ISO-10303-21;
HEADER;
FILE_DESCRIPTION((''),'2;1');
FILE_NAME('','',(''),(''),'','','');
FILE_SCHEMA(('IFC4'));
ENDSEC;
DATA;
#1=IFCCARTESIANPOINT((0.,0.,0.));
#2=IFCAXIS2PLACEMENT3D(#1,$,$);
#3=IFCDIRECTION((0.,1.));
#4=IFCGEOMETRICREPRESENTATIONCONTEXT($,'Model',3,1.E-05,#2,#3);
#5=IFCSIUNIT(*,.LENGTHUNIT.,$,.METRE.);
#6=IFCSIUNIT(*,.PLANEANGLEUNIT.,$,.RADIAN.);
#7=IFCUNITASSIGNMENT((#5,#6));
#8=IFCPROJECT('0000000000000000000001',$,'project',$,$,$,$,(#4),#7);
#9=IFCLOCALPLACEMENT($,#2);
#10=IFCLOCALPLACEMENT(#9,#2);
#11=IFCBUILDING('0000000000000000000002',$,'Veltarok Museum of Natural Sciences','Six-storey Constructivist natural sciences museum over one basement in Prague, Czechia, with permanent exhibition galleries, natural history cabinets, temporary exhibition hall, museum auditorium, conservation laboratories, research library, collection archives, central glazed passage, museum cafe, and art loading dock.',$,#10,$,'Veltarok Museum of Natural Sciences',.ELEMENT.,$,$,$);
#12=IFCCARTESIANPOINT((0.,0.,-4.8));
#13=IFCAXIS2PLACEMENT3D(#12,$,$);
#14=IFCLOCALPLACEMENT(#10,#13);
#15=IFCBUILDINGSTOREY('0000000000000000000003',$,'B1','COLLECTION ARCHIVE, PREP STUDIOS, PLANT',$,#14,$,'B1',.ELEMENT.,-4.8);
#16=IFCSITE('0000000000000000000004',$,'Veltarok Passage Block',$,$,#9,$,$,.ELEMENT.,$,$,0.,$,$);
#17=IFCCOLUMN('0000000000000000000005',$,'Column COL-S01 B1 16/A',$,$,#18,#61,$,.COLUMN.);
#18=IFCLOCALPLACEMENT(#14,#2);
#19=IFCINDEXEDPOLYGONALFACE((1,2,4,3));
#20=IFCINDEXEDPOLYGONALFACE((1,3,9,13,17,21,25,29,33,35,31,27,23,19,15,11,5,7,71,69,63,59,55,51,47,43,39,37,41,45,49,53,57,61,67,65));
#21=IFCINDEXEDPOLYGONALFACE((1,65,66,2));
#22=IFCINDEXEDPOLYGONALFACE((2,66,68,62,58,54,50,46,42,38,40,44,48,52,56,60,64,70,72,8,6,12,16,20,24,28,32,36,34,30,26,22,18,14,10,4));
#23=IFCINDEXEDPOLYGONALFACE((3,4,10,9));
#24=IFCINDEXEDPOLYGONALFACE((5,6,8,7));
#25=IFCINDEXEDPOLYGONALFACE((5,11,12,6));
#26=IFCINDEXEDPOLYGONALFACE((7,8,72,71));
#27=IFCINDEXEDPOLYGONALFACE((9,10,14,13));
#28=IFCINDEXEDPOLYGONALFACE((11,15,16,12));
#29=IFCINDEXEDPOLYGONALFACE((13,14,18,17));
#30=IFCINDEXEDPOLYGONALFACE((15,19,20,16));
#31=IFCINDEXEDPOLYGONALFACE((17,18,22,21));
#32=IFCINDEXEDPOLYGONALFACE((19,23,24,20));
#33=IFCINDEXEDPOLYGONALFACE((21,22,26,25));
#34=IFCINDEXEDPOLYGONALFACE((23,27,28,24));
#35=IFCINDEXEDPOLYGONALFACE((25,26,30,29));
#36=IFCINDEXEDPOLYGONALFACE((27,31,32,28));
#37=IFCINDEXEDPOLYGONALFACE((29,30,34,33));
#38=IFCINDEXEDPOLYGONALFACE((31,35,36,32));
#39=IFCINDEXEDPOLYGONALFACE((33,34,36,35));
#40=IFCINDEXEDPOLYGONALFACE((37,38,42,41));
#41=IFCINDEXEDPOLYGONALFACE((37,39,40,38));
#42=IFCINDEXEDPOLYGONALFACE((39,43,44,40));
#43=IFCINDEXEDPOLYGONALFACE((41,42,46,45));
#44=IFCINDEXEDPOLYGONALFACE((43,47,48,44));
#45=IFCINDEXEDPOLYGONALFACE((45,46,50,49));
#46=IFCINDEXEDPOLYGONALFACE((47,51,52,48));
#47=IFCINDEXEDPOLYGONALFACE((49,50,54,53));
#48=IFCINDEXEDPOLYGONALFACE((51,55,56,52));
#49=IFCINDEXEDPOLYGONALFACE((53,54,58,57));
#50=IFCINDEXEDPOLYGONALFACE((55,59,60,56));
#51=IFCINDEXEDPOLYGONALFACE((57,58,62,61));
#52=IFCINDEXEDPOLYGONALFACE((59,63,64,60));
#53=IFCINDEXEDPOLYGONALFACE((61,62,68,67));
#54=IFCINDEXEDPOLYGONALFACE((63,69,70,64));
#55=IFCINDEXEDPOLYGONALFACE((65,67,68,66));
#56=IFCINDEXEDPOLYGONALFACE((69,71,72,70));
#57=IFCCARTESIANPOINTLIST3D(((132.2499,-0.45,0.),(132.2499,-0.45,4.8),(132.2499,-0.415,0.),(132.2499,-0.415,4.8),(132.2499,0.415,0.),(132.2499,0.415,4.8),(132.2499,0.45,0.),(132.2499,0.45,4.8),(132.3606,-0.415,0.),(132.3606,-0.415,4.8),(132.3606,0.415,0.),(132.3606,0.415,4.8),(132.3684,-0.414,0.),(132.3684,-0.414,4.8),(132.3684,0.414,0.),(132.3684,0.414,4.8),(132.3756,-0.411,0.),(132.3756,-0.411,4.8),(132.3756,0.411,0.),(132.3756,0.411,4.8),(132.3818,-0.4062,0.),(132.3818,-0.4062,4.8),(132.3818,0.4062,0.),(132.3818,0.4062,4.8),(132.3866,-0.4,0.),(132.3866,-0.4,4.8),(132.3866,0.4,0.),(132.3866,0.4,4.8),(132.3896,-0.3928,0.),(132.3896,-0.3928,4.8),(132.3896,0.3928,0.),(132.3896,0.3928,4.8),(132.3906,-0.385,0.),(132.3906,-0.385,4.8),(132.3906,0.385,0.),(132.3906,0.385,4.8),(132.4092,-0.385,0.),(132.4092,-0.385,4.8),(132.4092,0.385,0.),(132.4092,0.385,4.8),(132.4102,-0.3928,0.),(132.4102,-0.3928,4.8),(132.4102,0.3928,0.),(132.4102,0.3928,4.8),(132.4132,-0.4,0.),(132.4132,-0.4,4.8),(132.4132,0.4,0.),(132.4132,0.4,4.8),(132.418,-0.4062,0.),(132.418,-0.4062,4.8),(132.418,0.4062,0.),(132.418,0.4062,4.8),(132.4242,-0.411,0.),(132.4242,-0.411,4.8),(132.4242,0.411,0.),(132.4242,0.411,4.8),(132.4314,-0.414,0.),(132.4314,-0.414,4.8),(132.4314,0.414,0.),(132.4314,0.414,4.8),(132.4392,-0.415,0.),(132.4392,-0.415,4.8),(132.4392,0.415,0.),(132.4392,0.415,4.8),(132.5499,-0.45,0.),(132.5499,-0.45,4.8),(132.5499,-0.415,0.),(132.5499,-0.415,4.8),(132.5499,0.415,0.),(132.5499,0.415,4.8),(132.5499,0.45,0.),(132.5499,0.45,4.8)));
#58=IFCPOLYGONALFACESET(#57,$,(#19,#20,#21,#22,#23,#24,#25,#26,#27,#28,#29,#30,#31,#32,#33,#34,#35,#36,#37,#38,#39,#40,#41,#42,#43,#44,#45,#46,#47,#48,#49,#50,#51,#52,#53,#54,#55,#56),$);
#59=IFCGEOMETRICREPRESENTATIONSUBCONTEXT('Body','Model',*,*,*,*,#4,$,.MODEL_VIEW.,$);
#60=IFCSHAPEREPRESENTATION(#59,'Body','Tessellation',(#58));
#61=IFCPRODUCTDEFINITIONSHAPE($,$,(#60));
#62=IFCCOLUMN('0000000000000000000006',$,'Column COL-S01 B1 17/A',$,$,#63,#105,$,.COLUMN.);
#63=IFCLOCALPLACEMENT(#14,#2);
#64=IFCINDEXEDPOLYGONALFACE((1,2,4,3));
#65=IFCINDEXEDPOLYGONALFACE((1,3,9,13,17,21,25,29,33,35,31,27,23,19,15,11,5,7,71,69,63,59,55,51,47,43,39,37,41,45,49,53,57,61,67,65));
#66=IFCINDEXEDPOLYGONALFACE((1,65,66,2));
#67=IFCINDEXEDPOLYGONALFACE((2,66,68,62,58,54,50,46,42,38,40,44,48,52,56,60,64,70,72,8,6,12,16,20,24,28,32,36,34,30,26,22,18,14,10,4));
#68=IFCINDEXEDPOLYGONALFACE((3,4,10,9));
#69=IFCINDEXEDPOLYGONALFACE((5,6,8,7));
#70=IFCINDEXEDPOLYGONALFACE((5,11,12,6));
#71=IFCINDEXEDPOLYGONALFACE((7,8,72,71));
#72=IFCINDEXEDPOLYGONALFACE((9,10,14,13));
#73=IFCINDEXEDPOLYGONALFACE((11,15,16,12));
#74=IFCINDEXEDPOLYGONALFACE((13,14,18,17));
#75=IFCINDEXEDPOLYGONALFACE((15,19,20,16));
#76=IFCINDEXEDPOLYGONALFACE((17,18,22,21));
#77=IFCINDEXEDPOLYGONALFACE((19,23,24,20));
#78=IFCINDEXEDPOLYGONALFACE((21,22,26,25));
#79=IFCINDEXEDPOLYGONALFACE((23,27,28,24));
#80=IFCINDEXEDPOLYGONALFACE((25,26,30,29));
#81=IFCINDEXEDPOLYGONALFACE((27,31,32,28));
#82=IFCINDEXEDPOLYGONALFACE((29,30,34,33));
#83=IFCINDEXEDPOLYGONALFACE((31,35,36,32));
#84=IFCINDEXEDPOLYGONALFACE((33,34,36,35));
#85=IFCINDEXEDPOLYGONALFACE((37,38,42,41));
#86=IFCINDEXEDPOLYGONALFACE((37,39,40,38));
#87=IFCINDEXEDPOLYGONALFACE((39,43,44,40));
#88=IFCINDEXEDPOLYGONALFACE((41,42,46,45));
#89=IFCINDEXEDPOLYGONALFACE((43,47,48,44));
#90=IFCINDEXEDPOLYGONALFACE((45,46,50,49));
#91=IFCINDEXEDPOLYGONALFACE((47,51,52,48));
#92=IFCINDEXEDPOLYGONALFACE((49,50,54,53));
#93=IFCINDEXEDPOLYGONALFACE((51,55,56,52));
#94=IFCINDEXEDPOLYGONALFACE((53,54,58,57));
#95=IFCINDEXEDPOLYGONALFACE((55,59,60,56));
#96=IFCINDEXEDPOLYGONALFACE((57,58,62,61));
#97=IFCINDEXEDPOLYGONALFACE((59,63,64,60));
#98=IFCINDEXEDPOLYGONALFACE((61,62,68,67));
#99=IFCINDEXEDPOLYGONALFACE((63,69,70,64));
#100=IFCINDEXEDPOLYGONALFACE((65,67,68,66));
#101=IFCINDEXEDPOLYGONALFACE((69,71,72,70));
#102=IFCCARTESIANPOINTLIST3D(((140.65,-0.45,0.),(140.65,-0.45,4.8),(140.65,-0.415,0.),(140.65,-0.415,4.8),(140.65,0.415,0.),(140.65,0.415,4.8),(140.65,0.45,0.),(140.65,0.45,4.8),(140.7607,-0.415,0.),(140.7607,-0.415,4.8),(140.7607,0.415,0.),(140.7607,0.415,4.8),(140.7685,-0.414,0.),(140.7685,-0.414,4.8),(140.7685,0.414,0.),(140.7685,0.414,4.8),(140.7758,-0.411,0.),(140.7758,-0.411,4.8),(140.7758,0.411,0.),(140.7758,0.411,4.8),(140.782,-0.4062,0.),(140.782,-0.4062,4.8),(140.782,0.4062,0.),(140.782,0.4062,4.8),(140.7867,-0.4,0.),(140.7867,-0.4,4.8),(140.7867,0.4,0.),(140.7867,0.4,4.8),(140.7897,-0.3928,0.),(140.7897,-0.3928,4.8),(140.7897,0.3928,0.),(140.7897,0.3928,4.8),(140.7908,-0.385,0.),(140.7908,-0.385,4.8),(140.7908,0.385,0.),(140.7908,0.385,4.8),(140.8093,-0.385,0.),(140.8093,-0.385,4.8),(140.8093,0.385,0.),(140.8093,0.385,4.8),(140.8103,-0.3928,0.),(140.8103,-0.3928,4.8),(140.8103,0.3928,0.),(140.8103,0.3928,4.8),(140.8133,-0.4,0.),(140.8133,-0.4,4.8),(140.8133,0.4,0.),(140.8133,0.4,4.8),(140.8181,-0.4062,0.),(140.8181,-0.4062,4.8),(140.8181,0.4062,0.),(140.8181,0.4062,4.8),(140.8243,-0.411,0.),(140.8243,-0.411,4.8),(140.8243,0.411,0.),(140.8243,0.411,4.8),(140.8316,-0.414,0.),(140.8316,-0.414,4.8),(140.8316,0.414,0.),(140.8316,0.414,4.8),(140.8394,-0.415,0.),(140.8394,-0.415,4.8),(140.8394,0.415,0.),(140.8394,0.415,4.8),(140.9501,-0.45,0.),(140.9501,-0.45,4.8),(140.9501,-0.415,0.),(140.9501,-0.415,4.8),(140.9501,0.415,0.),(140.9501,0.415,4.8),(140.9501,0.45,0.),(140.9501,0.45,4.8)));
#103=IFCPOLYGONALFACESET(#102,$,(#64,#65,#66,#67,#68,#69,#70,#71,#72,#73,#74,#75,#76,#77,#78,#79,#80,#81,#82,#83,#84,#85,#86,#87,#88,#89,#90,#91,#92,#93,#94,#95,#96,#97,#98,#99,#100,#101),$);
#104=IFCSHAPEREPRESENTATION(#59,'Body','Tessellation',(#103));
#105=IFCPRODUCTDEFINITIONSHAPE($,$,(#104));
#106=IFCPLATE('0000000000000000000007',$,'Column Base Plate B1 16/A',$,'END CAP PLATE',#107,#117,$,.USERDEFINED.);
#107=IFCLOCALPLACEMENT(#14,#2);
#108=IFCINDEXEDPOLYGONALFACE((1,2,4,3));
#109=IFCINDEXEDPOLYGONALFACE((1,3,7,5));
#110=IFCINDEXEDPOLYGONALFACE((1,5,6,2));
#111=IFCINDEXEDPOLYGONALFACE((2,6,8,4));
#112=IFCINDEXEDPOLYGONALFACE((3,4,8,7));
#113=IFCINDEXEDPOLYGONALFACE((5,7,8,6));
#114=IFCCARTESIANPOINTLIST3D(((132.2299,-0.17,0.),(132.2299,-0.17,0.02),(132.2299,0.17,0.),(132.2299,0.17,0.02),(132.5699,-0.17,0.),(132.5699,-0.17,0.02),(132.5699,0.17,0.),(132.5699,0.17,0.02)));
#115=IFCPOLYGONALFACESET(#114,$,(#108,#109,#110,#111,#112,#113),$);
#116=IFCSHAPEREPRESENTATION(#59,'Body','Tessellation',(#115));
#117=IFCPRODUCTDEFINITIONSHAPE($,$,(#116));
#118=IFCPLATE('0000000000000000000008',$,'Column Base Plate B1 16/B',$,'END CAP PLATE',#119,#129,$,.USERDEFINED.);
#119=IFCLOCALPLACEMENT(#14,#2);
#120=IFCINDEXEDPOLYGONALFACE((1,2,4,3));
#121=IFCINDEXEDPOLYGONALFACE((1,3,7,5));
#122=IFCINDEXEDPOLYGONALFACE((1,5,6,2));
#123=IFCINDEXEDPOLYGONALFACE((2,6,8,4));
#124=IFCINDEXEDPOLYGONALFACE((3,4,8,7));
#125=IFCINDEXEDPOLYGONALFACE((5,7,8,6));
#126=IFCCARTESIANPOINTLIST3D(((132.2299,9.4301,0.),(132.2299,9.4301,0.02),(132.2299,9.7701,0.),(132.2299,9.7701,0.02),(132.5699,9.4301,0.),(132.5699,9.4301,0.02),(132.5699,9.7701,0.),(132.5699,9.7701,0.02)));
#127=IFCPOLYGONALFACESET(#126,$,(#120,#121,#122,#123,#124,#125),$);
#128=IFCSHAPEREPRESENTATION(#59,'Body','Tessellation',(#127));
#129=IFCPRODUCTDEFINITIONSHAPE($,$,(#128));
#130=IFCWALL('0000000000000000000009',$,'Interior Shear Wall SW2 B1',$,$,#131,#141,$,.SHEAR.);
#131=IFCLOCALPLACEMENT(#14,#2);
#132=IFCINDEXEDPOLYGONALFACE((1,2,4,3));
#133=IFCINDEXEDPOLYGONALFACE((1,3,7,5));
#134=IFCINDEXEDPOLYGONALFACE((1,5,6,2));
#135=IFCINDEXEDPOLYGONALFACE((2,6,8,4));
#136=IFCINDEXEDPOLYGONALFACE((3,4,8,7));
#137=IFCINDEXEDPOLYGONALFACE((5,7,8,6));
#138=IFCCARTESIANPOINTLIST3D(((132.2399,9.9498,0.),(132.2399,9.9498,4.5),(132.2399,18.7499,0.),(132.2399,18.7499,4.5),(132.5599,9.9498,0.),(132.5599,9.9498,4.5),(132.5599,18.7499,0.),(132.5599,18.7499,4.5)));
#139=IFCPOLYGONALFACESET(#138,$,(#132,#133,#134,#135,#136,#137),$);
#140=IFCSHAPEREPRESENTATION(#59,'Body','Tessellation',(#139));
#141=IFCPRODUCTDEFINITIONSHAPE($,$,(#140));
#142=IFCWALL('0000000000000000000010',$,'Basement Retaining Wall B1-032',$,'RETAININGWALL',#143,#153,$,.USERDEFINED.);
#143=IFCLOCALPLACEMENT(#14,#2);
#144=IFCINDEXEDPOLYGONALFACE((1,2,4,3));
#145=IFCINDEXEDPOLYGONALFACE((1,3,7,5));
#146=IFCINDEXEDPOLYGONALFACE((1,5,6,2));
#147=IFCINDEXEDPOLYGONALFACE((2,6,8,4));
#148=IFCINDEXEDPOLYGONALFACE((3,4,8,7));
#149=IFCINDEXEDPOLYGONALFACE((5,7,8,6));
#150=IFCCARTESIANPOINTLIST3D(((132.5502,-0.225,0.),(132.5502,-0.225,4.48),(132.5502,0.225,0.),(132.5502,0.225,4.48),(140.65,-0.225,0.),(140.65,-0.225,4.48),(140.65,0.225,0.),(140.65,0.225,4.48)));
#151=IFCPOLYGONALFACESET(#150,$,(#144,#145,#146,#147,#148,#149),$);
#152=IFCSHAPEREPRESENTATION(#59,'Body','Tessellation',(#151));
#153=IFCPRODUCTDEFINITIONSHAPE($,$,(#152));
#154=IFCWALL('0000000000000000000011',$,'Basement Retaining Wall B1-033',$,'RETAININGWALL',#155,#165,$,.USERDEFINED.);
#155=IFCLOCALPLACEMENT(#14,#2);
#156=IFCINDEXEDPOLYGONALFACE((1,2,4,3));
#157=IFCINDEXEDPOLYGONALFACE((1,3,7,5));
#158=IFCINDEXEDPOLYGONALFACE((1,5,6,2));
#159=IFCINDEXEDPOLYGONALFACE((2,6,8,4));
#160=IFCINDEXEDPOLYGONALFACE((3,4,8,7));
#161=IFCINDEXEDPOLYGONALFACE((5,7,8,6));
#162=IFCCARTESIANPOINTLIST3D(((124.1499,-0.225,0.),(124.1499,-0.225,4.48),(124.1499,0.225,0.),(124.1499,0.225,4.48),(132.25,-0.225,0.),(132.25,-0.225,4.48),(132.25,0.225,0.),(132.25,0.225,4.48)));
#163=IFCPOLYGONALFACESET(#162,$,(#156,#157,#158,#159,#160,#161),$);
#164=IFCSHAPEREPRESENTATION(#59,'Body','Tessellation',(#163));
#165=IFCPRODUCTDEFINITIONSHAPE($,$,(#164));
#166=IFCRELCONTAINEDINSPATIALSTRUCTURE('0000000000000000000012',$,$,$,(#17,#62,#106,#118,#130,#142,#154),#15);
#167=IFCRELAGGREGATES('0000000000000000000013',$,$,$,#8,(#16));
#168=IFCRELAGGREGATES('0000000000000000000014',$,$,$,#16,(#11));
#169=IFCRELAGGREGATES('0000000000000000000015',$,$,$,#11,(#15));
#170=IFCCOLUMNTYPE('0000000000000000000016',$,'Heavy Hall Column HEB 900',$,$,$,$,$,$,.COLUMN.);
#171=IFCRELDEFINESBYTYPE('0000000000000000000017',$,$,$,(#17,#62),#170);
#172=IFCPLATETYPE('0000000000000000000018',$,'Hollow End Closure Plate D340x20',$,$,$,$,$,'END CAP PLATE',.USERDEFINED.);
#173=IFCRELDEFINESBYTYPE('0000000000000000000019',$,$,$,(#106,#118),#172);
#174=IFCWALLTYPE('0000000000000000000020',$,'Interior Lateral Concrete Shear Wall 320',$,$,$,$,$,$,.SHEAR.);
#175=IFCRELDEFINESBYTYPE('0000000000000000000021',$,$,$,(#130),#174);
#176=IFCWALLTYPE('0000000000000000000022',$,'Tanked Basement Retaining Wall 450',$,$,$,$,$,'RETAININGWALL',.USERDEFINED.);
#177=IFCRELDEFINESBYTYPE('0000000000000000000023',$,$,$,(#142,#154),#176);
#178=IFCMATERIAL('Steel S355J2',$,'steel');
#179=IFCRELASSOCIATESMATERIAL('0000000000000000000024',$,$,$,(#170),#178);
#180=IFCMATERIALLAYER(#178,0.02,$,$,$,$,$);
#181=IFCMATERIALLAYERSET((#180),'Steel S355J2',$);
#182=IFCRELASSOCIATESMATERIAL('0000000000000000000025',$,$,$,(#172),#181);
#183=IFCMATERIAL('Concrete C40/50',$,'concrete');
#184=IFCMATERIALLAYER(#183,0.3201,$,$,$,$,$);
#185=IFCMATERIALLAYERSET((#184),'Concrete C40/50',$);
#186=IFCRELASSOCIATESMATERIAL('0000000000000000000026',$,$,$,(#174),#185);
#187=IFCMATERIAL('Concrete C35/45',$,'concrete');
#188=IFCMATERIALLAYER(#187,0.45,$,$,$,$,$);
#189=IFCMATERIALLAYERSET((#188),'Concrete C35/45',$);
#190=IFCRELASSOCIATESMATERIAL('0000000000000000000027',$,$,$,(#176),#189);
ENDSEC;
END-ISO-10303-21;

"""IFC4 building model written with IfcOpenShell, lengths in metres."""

from ifc_helpers import new_model, si_unit, direction, frame, frame_2d, origin, origin_2d, place, context, subcontext, project, spatial, rectangle, i_section, extrude, material, layer, layer_set, material_profile, profile_set, type_object, element, save


model = new_model("IFC4")

# Units and contexts
model_context = context("Model", 3, precision=1e-05, world=origin(), true_north=direction((0.0, 1.0)))
body_context = subcontext(model_context, "Body", "Model", "MODEL_VIEW")
ifc_project = project(units=[si_unit("LENGTHUNIT", "METRE"), si_unit("PLANEANGLEUNIT", "RADIAN")], contexts=[model_context])

# Site, building, storey
site_placement = place(None, origin())
site = spatial("IfcSite", under=ifc_project, at=site_placement, Name="Veltarok Passage Block", CompositionType="ELEMENT", RefElevation=0.0)
building_placement = place(site_placement, origin())
building = spatial("IfcBuilding", under=site, at=building_placement, Name="Veltarok Museum of Natural Sciences", Description="Six-storey Constructivist natural sciences museum over one basement in Prague, Czechia, with permanent exhibition galleries, natural history cabinets, temporary exhibition hall, museum auditorium, conservation laboratories, research library, collection archives, central glazed passage, museum cafe, and art loading dock.", LongName="Veltarok Museum of Natural Sciences", CompositionType="ELEMENT")
storey_placement = place(building_placement, frame((0.0, 0.0, -4.8)))
storey = spatial("IfcBuildingStorey", under=building, at=storey_placement, Name="B1", Description="COLLECTION ARCHIVE, PREP STUDIOS, PLANT", LongName="B1", CompositionType="ELEMENT", Elevation=-4.8)

# Shared definitions
ifc_material_1 = material(Name="Concrete C35/45", Category="concrete")

# Columns
ifc_material_2 = material(Name="Concrete C40/50", Category="concrete")
ifc_material_3 = material(Name="Steel S355J2", Category="steel")
ifc_material_profile_1 = material_profile(ifc_material_3, i_section(OverallWidth=0.3, OverallDepth=0.8999, WebThickness=0.0186, FlangeThickness=0.0349, FilletRadius=0.03, at=origin_2d()), Name="HEB 900")
ifc_profile_set_1 = profile_set([ifc_material_profile_1], Name="Steel S355J2")
column_type_1 = type_object("IfcColumnType", Name="Heavy Hall Column HEB 900", PredefinedType="COLUMN", material=ifc_profile_set_1)
for number, where, z_axis, x_axis, name in (
    (1, (132.3999, 0.0, 0.0), (0.0, 0.0, 1.0), (1.0, 0.0, 0.0), "Column COL-S01 B1 16/A"),
    (2, (140.8, 0.0, 0.0), (0.0, 0.0, 1.0), (1.0, 0.0, 0.0), "Column COL-S01 B1 17/A"),
):
    element("IfcColumn", number, at=place(storey_placement, frame(where, z_axis=z_axis, x_axis=x_axis)), inside=storey, type_object=column_type_1, Name=name, PredefinedType="COLUMN", context=body_context, shape_type="SweptSolid", body=[
        extrude(i_section(OverallWidth=0.3, OverallDepth=0.8999, WebThickness=0.0186, FlangeThickness=0.0349, FilletRadius=0.03, at=origin_2d()), origin(), (0.0, 0.0, 1.0), 4.8),
    ])

# Plates
ifc_layer_1 = layer(ifc_material_3, 0.02)
ifc_layer_set_1 = layer_set([ifc_layer_1], Name="Steel S355J2")
plate_type = type_object("IfcPlateType", Name="Hollow End Closure Plate D340x20", ElementType="END CAP PLATE", PredefinedType="USERDEFINED", material=ifc_layer_set_1)
for number, where, z_axis, x_axis, name in (
    (3, (132.3999, 0.0, 0.0), (0.0, 0.0, 1.0), (1.0, 0.0, 0.0), "Column Base Plate B1 16/A"),
    (4, (132.3999, 9.6001, 0.0), (0.0, 0.0, 1.0), (1.0, 0.0, 0.0), "Column Base Plate B1 16/B"),
):
    element("IfcPlate", number, at=place(storey_placement, frame(where, z_axis=z_axis, x_axis=x_axis)), inside=storey, type_object=plate_type, Name=name, ObjectType="END CAP PLATE", PredefinedType="USERDEFINED", context=body_context, shape_type="SweptSolid", body=[
        extrude(rectangle(XDim=0.3401, YDim=0.3401, at=origin_2d()), origin(), (0.0, 0.0, 1.0), 0.02),
    ])

# Walls
ifc_layer_2 = layer(ifc_material_2, 0.3201)
ifc_layer_set_2 = layer_set([ifc_layer_2], Name="Concrete C40/50")
wall_type_1 = type_object("IfcWallType", Name="Interior Lateral Concrete Shear Wall 320", PredefinedType="SHEAR", material=ifc_layer_set_2)
wall_1_placement = place(storey_placement, frame((132.3999, 9.95, 0.0), z_axis=(0.0, 0.0, 1.0), x_axis=(0.0, 1.0, 0.0)))
element("IfcWall", 5, at=wall_1_placement, inside=storey, type_object=wall_type_1, Name="Interior Shear Wall SW2 B1", PredefinedType="SHEAR", context=body_context, shape_type="SweptSolid", body=[
    extrude(rectangle(XDim=8.8, YDim=0.3201, at=frame_2d((4.3999, 0.0))), origin(), (0.0, 0.0, 1.0), 4.5),
])
ifc_layer_3 = layer(ifc_material_1, 0.45)
ifc_layer_set_3 = layer_set([ifc_layer_3], Name="Concrete C35/45")
wall_type_2 = type_object("IfcWallType", Name="Tanked Basement Retaining Wall 450", ElementType="RETAININGWALL", PredefinedType="USERDEFINED", material=ifc_layer_set_3)
wall_2_placement = place(storey_placement, frame((140.6499, 0.0, 0.0), z_axis=(0.0, 0.0, 1.0), x_axis=(-1.0, 0.0, 0.0)))
element("IfcWall", 6, at=wall_2_placement, inside=storey, type_object=wall_type_2, Name="Basement Retaining Wall B1-032", ObjectType="RETAININGWALL", PredefinedType="USERDEFINED", context=body_context, shape_type="SweptSolid", body=[
    extrude(rectangle(XDim=8.0999, YDim=0.45, at=frame_2d((4.0498, 0.0))), origin(), (0.0, 0.0, 1.0), 4.48),
])
wall_3_placement = place(storey_placement, frame((132.25, 0.0, 0.0), z_axis=(0.0, 0.0, 1.0), x_axis=(-1.0, 0.0, 0.0)))
element("IfcWall", 7, at=wall_3_placement, inside=storey, type_object=wall_type_2, Name="Basement Retaining Wall B1-033", ObjectType="RETAININGWALL", PredefinedType="USERDEFINED", context=body_context, shape_type="SweptSolid", body=[
    extrude(rectangle(XDim=8.1001, YDim=0.45, at=frame_2d((4.05, 0.0))), origin(), (0.0, 0.0, 1.0), 4.48),
])

save(model, "model.ifc")
